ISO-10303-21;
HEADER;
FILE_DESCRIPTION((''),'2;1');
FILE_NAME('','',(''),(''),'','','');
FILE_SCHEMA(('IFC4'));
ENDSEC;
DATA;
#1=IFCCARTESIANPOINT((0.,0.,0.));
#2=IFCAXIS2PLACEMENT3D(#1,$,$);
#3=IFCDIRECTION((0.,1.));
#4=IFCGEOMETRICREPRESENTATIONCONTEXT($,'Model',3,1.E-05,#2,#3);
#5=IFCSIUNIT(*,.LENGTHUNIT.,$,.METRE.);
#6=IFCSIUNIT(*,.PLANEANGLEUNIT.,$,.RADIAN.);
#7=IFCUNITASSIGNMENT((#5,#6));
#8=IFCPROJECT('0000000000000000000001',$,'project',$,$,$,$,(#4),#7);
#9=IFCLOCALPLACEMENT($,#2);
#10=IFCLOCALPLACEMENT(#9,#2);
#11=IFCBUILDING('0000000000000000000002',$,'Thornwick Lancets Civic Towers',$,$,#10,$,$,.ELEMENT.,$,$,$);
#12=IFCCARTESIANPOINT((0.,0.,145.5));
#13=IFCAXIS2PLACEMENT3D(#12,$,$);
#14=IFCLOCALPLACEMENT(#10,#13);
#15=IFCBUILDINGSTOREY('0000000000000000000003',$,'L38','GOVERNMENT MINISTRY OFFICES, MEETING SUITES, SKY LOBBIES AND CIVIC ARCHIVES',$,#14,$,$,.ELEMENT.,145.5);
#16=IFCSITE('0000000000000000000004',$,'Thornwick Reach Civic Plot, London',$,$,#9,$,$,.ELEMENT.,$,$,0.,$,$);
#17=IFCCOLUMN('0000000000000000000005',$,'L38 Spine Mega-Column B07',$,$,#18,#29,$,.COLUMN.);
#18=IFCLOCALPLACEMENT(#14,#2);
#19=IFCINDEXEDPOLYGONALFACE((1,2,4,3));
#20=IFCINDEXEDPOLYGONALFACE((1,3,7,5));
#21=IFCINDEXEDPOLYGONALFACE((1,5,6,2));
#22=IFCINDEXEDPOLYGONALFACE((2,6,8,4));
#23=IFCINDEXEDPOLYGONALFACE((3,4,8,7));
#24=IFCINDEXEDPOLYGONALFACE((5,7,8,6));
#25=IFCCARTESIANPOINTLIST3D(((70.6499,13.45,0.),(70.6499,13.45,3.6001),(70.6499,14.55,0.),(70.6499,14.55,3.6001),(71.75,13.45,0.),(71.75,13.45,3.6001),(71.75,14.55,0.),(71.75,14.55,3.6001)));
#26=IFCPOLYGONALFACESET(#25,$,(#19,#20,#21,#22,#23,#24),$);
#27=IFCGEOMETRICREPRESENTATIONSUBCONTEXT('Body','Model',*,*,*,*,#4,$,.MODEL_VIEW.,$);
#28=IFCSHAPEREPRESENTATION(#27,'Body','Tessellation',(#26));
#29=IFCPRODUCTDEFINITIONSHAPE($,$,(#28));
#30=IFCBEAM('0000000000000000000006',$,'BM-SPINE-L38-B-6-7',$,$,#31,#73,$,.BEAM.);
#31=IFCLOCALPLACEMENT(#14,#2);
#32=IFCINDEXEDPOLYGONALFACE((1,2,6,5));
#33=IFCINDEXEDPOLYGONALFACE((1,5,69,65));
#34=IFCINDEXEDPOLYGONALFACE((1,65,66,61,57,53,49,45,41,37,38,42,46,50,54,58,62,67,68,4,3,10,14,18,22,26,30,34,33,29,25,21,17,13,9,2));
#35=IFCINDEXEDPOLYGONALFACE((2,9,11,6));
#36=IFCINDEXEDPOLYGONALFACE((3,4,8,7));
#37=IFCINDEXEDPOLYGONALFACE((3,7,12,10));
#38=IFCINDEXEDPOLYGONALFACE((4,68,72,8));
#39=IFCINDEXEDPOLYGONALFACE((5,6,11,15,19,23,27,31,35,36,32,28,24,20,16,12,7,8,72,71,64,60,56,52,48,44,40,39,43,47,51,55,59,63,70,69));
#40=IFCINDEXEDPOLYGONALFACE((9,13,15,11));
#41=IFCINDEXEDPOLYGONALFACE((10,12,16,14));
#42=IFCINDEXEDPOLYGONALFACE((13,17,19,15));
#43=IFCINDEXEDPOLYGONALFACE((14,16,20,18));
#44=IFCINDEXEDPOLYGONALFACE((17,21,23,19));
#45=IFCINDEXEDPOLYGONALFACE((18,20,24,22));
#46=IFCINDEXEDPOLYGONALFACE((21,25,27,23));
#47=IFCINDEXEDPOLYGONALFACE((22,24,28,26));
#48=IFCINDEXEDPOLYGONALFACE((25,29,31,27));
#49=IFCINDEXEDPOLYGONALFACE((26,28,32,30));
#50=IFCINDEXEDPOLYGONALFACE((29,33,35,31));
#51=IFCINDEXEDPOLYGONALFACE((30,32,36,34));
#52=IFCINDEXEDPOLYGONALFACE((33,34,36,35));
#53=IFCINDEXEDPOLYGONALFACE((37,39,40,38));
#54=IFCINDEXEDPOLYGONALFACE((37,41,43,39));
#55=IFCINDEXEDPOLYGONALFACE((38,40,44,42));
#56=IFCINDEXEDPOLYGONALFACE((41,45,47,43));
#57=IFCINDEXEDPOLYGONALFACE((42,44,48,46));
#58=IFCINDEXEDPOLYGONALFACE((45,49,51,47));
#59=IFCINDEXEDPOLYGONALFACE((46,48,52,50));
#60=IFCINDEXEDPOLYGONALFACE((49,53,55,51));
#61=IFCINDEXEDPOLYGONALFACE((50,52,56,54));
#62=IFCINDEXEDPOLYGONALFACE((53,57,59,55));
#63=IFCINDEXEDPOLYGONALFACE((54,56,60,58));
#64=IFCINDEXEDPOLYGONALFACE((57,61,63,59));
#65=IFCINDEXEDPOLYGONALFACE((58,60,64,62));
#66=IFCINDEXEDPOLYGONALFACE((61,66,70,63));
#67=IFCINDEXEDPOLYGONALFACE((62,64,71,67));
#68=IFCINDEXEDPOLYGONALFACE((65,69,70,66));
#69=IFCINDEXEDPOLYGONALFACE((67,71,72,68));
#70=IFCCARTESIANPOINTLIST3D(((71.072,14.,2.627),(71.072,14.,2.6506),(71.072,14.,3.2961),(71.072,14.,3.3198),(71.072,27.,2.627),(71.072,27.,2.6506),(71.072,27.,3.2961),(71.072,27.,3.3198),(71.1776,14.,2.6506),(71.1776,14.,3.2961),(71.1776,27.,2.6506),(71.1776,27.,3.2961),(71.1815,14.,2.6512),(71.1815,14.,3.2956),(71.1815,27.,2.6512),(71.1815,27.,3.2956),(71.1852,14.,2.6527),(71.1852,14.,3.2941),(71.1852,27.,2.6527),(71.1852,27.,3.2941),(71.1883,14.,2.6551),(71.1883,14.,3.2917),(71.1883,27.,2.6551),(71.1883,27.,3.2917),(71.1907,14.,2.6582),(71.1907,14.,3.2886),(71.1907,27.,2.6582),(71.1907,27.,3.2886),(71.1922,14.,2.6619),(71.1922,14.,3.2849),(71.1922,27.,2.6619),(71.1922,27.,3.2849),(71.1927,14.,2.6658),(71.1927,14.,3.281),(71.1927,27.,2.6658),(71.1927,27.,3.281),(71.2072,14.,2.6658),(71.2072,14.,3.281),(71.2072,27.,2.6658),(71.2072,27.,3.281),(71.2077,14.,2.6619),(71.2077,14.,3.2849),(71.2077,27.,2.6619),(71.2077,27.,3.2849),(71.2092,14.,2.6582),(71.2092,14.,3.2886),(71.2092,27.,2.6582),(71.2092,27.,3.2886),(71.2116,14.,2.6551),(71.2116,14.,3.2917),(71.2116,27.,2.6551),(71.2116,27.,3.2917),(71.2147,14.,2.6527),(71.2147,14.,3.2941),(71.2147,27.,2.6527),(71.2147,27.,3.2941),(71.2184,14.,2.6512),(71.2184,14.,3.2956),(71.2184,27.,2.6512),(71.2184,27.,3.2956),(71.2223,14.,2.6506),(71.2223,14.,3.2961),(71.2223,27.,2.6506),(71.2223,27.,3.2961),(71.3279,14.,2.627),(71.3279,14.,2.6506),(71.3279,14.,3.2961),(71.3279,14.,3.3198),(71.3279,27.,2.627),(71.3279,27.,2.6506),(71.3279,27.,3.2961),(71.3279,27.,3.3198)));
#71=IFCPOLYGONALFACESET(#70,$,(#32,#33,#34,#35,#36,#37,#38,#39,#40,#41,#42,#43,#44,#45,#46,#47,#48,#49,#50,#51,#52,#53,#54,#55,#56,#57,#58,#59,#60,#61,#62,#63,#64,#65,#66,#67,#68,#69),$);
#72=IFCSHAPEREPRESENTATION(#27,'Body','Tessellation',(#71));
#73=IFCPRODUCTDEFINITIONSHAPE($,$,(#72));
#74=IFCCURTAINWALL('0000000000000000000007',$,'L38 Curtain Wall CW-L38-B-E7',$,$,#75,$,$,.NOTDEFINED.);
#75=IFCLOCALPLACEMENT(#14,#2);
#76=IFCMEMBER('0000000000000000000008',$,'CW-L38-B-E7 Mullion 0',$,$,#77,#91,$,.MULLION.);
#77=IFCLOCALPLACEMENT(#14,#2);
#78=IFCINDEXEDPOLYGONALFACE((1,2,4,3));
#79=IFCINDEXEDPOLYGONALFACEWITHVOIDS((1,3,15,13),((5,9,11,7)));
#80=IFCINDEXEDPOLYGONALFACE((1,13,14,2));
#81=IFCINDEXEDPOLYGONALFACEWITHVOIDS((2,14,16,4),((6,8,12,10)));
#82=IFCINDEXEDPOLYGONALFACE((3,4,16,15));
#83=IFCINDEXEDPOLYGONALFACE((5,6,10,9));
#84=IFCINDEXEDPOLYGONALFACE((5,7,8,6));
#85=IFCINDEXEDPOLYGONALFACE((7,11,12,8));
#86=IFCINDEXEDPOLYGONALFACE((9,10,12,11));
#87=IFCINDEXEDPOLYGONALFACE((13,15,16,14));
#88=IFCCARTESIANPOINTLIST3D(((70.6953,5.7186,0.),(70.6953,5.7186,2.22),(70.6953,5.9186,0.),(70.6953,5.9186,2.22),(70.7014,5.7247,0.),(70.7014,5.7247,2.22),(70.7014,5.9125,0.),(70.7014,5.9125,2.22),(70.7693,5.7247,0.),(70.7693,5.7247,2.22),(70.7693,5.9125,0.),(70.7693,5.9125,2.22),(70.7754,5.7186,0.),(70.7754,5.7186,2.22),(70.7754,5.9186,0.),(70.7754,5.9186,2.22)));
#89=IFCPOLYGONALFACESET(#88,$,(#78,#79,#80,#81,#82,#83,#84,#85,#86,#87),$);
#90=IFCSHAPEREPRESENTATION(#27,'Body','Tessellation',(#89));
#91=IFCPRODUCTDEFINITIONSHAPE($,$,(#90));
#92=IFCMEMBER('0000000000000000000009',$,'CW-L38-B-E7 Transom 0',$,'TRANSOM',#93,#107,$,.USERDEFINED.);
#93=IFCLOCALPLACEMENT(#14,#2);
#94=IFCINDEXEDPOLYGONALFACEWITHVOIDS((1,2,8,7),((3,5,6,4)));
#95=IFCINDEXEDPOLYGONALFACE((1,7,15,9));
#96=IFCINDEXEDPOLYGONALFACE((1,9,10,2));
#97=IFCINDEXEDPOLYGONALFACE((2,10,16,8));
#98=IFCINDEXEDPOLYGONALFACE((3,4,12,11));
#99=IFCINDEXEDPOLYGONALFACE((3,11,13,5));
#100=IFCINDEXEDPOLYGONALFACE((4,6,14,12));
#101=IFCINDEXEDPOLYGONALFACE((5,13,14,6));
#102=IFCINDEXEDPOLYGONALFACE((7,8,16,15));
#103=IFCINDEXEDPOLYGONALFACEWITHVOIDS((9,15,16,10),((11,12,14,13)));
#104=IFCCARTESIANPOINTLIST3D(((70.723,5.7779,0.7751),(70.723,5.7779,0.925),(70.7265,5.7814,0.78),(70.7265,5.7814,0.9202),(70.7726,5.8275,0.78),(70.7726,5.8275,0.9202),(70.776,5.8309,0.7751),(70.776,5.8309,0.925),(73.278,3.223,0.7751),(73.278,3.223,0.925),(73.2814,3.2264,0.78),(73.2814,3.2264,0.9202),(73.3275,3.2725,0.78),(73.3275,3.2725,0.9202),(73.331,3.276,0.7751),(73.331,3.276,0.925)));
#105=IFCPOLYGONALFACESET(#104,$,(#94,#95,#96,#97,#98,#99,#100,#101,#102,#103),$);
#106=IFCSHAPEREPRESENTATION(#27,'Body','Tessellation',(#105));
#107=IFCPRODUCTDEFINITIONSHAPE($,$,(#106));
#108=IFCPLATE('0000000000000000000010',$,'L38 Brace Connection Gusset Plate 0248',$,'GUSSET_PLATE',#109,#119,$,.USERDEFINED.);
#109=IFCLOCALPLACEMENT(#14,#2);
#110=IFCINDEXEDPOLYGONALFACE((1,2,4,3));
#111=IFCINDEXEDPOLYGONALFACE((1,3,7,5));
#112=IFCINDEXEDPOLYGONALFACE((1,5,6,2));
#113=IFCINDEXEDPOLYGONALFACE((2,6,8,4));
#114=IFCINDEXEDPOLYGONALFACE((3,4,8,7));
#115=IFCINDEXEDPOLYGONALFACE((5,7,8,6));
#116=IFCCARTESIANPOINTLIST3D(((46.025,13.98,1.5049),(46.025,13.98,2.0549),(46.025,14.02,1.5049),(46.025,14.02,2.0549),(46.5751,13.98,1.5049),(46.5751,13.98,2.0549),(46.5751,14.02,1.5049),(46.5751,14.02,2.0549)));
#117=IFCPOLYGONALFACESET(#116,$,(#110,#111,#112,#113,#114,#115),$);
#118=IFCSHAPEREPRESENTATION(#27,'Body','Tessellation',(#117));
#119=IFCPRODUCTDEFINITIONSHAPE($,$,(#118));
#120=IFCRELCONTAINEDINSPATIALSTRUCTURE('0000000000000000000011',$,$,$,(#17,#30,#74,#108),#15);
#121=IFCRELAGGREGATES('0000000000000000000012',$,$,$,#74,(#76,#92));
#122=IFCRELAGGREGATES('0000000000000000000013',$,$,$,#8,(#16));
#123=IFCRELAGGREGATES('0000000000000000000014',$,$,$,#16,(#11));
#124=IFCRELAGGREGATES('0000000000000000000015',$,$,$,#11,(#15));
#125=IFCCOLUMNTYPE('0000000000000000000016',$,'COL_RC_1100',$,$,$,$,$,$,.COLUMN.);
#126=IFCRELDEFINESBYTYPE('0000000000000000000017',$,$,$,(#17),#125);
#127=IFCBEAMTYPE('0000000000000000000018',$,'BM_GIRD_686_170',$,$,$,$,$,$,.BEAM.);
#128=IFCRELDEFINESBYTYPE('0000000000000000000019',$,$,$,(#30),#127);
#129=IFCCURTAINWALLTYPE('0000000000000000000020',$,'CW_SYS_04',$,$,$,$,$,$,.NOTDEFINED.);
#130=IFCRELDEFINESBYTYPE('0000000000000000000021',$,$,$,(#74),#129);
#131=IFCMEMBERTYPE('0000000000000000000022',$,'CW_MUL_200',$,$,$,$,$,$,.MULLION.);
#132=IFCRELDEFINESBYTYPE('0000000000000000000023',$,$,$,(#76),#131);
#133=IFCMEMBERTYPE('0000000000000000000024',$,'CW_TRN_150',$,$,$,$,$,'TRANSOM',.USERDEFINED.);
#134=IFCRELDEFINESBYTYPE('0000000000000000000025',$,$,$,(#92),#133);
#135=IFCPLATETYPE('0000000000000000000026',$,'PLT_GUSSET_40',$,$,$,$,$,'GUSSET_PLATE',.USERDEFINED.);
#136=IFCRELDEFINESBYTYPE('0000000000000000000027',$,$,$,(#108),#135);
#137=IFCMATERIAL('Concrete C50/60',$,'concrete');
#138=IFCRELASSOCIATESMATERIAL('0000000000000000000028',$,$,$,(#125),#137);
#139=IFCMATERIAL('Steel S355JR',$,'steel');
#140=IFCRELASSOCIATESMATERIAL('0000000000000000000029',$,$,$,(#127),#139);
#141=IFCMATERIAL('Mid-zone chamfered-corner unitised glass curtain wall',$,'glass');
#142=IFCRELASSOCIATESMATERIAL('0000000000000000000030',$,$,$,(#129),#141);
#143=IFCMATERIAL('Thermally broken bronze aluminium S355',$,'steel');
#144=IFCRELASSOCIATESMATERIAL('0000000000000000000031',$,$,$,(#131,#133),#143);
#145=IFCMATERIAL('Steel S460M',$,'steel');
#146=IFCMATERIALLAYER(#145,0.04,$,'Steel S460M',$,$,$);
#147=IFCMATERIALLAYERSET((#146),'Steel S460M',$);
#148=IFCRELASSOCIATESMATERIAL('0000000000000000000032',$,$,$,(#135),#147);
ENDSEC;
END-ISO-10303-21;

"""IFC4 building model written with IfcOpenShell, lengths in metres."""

from ifc_helpers import new_model, si_unit, direction, frame, origin, origin_2d, place, context, subcontext, project, spatial, rectangle, hollow_rectangle, i_section, extrude, material, layer, layer_set, material_profile, profile_set, type_object, element, aggregate, save


model = new_model("IFC4")

# Units and contexts
model_context = context("Model", 3, precision=1e-05, world=origin(), true_north=direction((0.0, 1.0)))
body_context = subcontext(model_context, "Body", "Model", "MODEL_VIEW")
ifc_project = project(units=[si_unit("LENGTHUNIT", "METRE"), si_unit("PLANEANGLEUNIT", "RADIAN")], contexts=[model_context])

# Site, building, storey
site_placement = place(None, origin())
site = spatial("IfcSite", under=ifc_project, at=site_placement, Name="Thornwick Reach Civic Plot, London", CompositionType="ELEMENT", RefElevation=0.0)
building_placement = place(site_placement, origin())
building = spatial("IfcBuilding", under=site, at=building_placement, Name="Thornwick Lancets Civic Towers", CompositionType="ELEMENT")
storey_placement = place(building_placement, frame((0.0, 0.0, 145.5)))
storey = spatial("IfcBuildingStorey", under=building, at=storey_placement, Name="L38", Description="GOVERNMENT MINISTRY OFFICES, MEETING SUITES, SKY LOBBIES AND CIVIC ARCHIVES", CompositionType="ELEMENT", Elevation=145.5)

# Column
ifc_material_1 = material(Name="Concrete C50/60", Category="concrete")
ifc_material_profile_1 = material_profile(ifc_material_1, rectangle(XDim=1.1001, YDim=1.1001, at=origin_2d()), Name="RC 1100x1100")
ifc_profile_set_1 = profile_set([ifc_material_profile_1], Name="Concrete C50/60")
column_type = type_object("IfcColumnType", Name="COL_RC_1100", PredefinedType="COLUMN", material=ifc_profile_set_1)
column_placement = place(storey_placement, frame((71.2, 14.0, 0.0), z_axis=(0.0, 0.0, 1.0), x_axis=(1.0, 0.0, 0.0)))
element("IfcColumn", 1, at=column_placement, inside=storey, type_object=column_type, Name="L38 Spine Mega-Column B07", PredefinedType="COLUMN", context=body_context, shape_type="SweptSolid", body=[
    extrude(rectangle(XDim=1.1001, YDim=1.1001, at=origin_2d()), origin(), (0.0, 0.0, 1.0), 3.6001),
])

# Beam
ifc_material_2 = material(Name="Steel S355JR", Category="steel")
ifc_material_profile_2 = material_profile(ifc_material_2, i_section(OverallWidth=0.2559, OverallDepth=0.6929, WebThickness=0.0144, FlangeThickness=0.0237, FilletRadius=0.0151, at=origin_2d()), Name="UKB 686x254x170")
ifc_profile_set_2 = profile_set([ifc_material_profile_2], Name="Steel S355JR")
beam_type = type_object("IfcBeamType", Name="BM_GIRD_686_170", PredefinedType="BEAM", material=ifc_profile_set_2)
beam_placement = place(storey_placement, frame((71.2, 14.0, 2.9734), z_axis=(0.0, 1.0, 0.0), x_axis=(-1.0, 0.0, 0.0)))
element("IfcBeam", 2, at=beam_placement, inside=storey, type_object=beam_type, Name="BM-SPINE-L38-B-6-7", PredefinedType="BEAM", context=body_context, shape_type="SweptSolid", body=[
    extrude(i_section(OverallWidth=0.2559, OverallDepth=0.6929, WebThickness=0.0144, FlangeThickness=0.0237, FilletRadius=0.0151, at=origin_2d()), origin(), (0.0, 0.0, 1.0), 13.0),
])

# Curtain wall, members
ifc_material_3 = material(Name="Mid-zone chamfered-corner unitised glass curtain wall", Category="glass")
curtain_wall_type = type_object("IfcCurtainWallType", Name="CW_SYS_04", PredefinedType="NOTDEFINED", material=ifc_material_3)
curtain_wall_placement = place(storey_placement, origin())
curtain_wall = element("IfcCurtainWall", 3, at=curtain_wall_placement, inside=storey, type_object=curtain_wall_type, Name="L38 Curtain Wall CW-L38-B-E7", PredefinedType="NOTDEFINED")
ifc_material_4 = material(Name="Thermally broken bronze aluminium S355", Category="steel")
ifc_material_profile_3 = material_profile(ifc_material_4, hollow_rectangle(XDim=0.0801, YDim=0.2, WallThickness=0.0061, at=origin_2d()), Name="RHS 200x80x6")
ifc_profile_set_3 = profile_set([ifc_material_profile_3], Name="Thermally broken bronze aluminium S355")
member_type_1 = type_object("IfcMemberType", Name="CW_MUL_200", PredefinedType="MULLION", material=ifc_profile_set_3)
member_1_placement = place(storey_placement, frame((70.7354, 5.8186, 0.0), z_axis=(0.0, 0.0, 1.0), x_axis=(1.0, 0.0, 0.0)))
member_1 = element("IfcMember", 4, at=member_1_placement, type_object=member_type_1, Name="CW-L38-B-E7 Mullion 0", PredefinedType="MULLION", context=body_context, shape_type="SweptSolid", body=[
    extrude(hollow_rectangle(XDim=0.0801, YDim=0.2, WallThickness=0.0061, at=origin_2d()), origin(), (0.0, 0.0, 1.0), 2.22),
])
ifc_material_profile_4 = material_profile(ifc_material_4, hollow_rectangle(XDim=0.075, YDim=0.1499, WallThickness=0.0049, at=origin_2d()), Name="RHS 150x75x5")
ifc_profile_set_4 = profile_set([ifc_material_profile_4], Name="Thermally broken bronze aluminium S355")
member_type_2 = type_object("IfcMemberType", Name="CW_TRN_150", ElementType="TRANSOM", PredefinedType="USERDEFINED", material=ifc_profile_set_4)
member_2_placement = place(storey_placement, frame((70.7495, 5.8044, 0.8501), z_axis=(0.707107, -0.707107, 0.0), x_axis=(0.707107, 0.707107, 0.0)))
member_2 = element("IfcMember", 5, at=member_2_placement, type_object=member_type_2, Name="CW-L38-B-E7 Transom 0", ObjectType="TRANSOM", PredefinedType="USERDEFINED", context=body_context, shape_type="SweptSolid", body=[
    extrude(hollow_rectangle(XDim=0.075, YDim=0.1499, WallThickness=0.0049, at=origin_2d()), origin(), (0.0, 0.0, 1.0), 3.6133),
])
aggregate(curtain_wall, [member_1, member_2])

# Plate
ifc_material_5 = material(Name="Steel S460M", Category="steel")
ifc_layer_1 = layer(ifc_material_5, 0.04, Name="Steel S460M")
ifc_layer_set_1 = layer_set([ifc_layer_1], Name="Steel S460M")
plate_type = type_object("IfcPlateType", Name="PLT_GUSSET_40", ElementType="GUSSET_PLATE", PredefinedType="USERDEFINED", material=ifc_layer_set_1)
plate_placement = place(storey_placement, frame((46.3, 14.0, 1.5049), z_axis=(0.0, 0.0, 1.0), x_axis=(1.0, 0.0, 0.0)))
element("IfcPlate", 6, at=plate_placement, inside=storey, type_object=plate_type, Name="L38 Brace Connection Gusset Plate 0248", ObjectType="GUSSET_PLATE", PredefinedType="USERDEFINED", context=body_context, shape_type="SweptSolid", body=[
    extrude(rectangle(XDim=0.55, YDim=0.04, at=origin_2d()), origin(), (0.0, 0.0, 1.0), 0.55),
])

save(model, "model.ifc")
